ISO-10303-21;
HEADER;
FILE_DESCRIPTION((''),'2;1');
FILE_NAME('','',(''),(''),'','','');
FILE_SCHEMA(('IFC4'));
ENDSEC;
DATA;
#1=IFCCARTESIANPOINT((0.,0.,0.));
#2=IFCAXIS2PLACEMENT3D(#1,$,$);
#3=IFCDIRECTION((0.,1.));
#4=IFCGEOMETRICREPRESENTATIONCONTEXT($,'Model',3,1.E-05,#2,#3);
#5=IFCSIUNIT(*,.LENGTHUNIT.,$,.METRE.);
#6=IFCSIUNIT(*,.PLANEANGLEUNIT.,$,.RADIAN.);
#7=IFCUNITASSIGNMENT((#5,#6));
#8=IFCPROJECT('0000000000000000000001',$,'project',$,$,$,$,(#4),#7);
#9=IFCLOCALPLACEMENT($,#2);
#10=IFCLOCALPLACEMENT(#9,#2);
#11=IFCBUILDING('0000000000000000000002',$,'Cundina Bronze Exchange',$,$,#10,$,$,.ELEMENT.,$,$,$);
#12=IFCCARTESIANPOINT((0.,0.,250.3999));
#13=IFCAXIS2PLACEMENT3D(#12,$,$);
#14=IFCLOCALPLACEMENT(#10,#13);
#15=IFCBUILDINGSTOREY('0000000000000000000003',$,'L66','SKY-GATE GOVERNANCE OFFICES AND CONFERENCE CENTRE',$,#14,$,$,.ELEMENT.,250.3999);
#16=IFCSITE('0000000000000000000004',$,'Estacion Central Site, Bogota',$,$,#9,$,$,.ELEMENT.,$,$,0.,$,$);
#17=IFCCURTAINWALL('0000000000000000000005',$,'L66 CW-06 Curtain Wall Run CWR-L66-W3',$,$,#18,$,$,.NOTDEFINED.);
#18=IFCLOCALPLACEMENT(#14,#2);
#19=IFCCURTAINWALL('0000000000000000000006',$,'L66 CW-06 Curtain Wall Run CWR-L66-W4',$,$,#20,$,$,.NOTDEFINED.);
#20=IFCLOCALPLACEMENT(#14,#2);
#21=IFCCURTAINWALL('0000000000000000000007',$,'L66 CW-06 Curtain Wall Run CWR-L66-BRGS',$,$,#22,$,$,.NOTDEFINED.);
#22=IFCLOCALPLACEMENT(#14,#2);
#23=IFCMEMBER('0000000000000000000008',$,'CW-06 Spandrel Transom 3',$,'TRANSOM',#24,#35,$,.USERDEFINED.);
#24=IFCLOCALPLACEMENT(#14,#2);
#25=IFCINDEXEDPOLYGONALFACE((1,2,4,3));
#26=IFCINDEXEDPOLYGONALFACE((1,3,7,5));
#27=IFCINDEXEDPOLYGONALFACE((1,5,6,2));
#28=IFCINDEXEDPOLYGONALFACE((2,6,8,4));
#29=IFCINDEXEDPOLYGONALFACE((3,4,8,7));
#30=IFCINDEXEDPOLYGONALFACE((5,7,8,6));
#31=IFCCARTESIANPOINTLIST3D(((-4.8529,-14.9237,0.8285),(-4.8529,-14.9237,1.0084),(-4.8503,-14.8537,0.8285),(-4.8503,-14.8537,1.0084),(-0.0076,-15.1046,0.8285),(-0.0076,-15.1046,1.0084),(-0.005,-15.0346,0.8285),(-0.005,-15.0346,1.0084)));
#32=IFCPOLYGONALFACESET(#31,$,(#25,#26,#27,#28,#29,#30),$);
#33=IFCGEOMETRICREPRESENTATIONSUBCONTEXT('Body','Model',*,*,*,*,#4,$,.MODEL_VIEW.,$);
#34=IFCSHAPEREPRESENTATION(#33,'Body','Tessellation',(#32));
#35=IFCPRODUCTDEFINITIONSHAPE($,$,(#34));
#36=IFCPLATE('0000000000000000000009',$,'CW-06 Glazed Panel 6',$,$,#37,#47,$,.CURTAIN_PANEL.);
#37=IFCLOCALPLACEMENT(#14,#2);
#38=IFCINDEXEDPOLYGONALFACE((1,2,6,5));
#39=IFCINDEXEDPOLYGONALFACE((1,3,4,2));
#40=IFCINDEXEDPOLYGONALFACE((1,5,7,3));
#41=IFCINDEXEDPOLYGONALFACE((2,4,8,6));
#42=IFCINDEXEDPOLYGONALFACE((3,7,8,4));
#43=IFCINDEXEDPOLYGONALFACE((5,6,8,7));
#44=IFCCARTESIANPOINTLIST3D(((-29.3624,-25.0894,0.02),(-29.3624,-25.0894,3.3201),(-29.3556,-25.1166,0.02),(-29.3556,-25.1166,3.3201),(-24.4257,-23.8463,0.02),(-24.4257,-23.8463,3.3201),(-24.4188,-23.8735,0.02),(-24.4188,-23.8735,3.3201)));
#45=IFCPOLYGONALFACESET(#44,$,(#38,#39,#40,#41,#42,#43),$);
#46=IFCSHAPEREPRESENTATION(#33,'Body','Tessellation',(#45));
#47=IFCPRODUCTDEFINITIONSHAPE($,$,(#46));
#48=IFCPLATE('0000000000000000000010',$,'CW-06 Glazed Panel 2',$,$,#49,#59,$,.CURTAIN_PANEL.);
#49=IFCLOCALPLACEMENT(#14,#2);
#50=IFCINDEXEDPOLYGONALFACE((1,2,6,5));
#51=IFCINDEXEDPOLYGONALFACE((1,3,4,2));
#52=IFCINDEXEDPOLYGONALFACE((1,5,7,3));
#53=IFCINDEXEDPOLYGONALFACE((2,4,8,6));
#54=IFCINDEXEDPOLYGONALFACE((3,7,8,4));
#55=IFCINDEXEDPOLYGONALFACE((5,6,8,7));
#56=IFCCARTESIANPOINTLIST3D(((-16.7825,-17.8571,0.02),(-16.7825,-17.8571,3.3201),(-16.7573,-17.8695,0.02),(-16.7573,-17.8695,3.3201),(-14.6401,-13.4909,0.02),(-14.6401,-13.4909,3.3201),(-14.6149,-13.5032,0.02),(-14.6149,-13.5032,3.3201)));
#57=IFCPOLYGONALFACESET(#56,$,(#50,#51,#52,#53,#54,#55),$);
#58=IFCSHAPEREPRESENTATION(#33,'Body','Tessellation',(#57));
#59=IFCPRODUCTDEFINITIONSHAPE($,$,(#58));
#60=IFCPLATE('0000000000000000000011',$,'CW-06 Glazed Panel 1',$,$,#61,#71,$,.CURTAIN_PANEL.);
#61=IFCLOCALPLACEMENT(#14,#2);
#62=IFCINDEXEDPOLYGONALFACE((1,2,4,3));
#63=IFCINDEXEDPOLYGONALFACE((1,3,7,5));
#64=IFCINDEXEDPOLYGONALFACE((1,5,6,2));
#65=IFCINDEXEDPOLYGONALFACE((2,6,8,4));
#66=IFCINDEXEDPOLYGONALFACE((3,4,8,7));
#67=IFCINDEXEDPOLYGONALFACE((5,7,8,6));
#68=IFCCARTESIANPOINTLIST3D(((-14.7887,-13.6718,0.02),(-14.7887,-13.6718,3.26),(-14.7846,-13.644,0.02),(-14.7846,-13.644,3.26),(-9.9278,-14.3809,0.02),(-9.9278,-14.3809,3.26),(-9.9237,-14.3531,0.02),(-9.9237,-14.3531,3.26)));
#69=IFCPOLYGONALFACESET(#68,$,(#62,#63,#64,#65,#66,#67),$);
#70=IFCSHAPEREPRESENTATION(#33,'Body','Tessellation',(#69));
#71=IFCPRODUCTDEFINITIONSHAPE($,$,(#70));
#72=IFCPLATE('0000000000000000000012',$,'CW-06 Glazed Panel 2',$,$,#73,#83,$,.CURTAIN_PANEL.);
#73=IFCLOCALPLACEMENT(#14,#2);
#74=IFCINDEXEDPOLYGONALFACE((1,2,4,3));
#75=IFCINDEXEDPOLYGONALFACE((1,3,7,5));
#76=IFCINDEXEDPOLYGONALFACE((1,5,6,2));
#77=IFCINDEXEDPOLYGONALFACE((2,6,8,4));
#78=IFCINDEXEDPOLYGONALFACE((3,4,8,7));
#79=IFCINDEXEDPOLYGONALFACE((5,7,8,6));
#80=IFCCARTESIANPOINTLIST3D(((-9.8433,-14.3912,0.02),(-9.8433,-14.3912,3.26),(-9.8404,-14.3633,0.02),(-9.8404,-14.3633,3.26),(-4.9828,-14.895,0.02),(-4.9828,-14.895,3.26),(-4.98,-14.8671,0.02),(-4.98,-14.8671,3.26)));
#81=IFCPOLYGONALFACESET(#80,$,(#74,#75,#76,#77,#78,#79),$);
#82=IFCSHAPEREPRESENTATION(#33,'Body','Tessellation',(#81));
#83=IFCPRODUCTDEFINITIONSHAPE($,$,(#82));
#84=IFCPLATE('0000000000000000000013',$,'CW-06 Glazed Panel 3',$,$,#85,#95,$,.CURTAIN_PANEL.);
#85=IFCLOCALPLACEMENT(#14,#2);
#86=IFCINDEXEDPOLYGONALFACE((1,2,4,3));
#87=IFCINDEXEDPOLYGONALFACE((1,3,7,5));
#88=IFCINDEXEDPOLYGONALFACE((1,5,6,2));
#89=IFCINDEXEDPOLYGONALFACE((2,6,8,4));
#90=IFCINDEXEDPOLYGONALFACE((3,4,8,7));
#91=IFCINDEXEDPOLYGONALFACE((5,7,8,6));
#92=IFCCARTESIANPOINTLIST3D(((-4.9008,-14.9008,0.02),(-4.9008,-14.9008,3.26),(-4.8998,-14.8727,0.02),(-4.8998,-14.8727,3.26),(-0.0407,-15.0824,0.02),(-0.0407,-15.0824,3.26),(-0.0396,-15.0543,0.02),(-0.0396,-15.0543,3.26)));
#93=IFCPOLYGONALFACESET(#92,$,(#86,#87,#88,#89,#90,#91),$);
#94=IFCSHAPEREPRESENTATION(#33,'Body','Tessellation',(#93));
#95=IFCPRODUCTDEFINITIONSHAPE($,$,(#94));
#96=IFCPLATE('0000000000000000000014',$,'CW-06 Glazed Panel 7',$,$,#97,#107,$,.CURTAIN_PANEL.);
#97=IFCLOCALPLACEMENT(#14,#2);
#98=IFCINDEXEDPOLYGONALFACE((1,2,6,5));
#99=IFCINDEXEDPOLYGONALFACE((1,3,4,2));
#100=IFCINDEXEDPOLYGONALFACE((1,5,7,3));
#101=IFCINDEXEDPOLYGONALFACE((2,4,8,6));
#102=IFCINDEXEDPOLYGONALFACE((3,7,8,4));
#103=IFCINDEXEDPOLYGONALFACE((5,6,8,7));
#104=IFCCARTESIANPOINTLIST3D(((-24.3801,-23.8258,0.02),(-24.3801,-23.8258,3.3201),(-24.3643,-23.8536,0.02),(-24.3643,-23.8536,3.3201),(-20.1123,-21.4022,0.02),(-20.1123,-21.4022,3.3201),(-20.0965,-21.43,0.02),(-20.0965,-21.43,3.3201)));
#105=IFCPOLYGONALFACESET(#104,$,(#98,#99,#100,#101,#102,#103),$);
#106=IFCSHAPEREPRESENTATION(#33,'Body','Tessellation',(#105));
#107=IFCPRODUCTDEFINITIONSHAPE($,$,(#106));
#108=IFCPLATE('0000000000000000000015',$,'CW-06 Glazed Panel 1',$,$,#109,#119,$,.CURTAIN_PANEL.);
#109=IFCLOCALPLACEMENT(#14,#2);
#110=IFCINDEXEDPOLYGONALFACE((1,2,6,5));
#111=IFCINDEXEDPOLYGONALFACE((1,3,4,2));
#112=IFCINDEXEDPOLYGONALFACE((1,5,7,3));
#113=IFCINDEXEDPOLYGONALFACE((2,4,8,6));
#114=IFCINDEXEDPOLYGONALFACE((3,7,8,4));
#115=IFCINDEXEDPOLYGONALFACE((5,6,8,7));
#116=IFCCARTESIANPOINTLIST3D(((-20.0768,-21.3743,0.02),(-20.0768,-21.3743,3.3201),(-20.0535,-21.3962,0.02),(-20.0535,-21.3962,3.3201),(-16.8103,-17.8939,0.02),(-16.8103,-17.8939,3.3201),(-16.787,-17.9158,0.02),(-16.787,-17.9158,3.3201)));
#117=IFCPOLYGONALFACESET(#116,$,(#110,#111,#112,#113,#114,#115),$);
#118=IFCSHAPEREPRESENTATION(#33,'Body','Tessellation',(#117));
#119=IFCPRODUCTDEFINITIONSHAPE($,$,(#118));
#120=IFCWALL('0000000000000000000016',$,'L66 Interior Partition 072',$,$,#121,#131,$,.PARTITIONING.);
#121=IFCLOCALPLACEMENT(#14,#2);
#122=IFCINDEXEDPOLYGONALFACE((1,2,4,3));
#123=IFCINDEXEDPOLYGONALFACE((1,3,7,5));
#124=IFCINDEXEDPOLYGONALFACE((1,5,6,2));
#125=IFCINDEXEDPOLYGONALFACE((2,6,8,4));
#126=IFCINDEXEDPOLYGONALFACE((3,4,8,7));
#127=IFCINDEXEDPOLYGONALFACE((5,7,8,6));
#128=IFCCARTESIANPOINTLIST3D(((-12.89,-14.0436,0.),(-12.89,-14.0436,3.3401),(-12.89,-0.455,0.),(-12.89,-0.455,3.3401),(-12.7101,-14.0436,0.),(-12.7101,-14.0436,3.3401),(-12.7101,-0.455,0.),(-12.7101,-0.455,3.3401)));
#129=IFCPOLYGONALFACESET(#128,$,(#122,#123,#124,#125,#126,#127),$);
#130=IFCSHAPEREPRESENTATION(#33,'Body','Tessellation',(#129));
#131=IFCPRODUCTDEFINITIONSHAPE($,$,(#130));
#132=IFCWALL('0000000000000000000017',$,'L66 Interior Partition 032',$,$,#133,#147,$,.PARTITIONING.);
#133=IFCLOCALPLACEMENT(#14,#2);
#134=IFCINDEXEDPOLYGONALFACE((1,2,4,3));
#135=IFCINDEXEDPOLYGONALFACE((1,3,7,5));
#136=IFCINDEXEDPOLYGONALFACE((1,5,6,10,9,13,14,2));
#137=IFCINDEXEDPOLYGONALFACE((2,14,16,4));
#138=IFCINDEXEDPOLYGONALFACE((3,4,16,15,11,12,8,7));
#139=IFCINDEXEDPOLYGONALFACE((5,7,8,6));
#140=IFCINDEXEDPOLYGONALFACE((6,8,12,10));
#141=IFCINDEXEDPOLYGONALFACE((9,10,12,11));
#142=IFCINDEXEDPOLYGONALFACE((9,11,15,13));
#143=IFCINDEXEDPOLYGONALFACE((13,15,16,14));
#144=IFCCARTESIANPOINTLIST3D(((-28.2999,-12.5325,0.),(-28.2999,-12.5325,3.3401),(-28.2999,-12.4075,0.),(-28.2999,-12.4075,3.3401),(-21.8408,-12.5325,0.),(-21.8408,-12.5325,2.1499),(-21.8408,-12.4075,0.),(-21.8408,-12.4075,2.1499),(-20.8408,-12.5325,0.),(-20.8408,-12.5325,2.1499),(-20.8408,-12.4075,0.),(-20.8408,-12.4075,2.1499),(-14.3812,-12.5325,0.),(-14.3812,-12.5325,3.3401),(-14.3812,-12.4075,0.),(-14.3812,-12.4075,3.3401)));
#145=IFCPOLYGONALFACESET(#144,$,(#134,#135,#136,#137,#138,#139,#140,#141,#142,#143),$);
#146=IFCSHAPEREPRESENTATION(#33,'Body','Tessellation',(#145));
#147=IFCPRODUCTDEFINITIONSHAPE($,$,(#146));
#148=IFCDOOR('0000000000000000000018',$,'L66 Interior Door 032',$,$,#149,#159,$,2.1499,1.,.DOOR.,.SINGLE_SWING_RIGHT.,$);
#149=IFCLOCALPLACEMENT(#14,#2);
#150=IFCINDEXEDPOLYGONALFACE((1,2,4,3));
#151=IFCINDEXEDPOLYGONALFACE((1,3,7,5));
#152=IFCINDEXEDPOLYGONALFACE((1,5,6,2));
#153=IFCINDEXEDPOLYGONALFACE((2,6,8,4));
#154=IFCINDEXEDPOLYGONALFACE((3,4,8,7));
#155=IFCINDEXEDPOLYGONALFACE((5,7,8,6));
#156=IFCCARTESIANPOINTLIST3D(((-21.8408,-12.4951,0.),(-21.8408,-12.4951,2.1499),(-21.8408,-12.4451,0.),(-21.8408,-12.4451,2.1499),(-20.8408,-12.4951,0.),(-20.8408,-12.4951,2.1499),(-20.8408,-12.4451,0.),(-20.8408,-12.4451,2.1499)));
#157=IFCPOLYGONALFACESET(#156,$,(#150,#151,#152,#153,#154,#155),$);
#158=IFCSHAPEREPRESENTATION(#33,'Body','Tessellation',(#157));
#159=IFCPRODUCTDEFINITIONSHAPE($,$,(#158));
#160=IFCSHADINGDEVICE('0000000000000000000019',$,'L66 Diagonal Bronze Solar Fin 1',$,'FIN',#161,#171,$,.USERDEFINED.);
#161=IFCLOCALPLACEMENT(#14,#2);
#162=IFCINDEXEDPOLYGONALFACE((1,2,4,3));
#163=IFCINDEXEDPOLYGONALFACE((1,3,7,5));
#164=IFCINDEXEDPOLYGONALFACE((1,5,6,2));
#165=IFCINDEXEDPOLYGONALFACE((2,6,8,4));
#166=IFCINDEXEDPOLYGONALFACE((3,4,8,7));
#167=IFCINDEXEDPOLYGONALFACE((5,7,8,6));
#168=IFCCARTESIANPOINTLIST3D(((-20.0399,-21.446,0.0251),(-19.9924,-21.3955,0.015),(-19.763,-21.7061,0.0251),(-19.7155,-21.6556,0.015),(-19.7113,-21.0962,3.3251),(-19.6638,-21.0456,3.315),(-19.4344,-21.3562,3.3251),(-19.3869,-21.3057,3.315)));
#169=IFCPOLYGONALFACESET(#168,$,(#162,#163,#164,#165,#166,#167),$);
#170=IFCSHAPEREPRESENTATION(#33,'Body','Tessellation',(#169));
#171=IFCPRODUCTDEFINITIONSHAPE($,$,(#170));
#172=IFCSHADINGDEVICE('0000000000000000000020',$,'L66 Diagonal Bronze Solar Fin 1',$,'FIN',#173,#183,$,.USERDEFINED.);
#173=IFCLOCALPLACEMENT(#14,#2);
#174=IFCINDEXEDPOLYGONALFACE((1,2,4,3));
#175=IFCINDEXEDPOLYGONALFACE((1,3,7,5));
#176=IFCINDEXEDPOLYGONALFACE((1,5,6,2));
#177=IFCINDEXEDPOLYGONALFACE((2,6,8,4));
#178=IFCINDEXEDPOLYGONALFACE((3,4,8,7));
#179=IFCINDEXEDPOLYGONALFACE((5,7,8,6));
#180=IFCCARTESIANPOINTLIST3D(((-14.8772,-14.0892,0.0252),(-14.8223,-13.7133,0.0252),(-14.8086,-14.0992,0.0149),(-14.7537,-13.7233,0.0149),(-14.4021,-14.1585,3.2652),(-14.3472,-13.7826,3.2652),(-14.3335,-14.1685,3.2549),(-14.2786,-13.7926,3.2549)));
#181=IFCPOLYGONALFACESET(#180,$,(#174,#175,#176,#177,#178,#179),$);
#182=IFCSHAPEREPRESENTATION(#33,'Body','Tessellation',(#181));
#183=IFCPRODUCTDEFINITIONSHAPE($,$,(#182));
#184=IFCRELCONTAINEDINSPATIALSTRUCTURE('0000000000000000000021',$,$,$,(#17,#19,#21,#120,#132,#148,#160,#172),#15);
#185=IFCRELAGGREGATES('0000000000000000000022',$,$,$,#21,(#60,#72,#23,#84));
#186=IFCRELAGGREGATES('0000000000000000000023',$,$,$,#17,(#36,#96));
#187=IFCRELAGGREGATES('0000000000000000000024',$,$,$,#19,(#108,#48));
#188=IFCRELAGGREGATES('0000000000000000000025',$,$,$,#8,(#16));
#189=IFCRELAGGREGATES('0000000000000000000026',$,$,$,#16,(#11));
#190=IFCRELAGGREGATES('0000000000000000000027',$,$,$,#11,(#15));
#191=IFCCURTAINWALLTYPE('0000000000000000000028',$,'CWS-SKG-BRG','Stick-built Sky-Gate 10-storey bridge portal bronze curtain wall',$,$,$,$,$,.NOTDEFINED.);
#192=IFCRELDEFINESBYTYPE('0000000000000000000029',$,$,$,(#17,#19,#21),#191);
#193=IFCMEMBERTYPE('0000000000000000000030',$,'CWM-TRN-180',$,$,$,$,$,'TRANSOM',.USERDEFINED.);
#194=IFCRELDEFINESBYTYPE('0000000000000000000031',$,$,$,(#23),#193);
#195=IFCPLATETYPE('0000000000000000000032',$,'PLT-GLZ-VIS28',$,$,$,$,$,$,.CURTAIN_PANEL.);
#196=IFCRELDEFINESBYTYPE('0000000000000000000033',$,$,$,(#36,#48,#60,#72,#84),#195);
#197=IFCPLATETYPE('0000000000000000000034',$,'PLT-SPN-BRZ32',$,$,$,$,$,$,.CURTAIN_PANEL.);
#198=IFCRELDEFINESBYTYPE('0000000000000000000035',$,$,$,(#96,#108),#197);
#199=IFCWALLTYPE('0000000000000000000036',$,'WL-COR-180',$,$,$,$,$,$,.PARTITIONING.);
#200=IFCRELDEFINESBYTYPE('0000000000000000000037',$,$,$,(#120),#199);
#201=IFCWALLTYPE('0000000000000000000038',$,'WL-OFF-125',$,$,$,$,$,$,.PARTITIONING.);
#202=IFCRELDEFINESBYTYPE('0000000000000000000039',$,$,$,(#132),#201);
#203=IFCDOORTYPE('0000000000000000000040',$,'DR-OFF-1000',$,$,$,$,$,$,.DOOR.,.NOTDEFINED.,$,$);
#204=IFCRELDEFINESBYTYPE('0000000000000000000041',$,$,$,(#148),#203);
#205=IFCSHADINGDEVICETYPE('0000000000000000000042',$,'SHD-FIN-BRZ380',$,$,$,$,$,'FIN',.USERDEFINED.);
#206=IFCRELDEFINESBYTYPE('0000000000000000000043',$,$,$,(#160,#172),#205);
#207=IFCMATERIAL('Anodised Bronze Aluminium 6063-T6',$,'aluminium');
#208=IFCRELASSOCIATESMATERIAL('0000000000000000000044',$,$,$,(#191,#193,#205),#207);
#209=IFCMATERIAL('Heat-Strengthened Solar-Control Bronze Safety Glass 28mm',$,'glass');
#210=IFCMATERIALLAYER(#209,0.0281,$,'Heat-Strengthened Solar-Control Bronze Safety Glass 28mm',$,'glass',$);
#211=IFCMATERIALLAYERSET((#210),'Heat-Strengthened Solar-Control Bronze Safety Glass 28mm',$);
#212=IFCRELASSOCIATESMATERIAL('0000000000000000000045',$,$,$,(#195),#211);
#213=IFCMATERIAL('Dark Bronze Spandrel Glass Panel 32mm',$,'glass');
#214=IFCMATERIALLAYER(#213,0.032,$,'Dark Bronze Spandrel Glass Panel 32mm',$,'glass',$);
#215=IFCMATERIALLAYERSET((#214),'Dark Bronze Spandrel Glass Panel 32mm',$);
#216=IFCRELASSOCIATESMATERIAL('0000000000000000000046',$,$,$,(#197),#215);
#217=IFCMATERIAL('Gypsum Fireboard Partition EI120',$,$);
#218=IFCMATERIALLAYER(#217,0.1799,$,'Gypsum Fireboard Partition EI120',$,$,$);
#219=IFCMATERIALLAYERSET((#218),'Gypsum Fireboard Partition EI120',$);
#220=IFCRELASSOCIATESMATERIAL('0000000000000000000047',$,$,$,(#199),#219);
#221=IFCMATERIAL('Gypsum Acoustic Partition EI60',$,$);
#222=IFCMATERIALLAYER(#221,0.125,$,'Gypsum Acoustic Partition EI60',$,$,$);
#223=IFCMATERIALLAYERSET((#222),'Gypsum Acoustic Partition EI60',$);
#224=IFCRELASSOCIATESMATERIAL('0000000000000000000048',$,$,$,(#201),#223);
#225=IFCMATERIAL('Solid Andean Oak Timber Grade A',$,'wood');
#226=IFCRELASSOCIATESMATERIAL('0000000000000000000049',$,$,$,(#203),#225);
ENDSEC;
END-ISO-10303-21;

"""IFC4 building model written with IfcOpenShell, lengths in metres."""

from ifc_helpers import new_model, si_unit, direction, frame, frame_2d, origin, origin_2d, place, context, subcontext, project, spatial, rectangle, extrude, material, layer, layer_set, material_profile, profile_set, type_object, element, fill, aggregate, save


model = new_model("IFC4")

# Units and contexts
model_context = context("Model", 3, precision=1e-05, world=origin(), true_north=direction((0.0, 1.0)))
body_context = subcontext(model_context, "Body", "Model", "MODEL_VIEW")
ifc_project = project(units=[si_unit("LENGTHUNIT", "METRE"), si_unit("PLANEANGLEUNIT", "RADIAN")], contexts=[model_context])

# Site, building, storey
site_placement = place(None, origin())
site = spatial("IfcSite", under=ifc_project, at=site_placement, Name="Estacion Central Site, Bogota", CompositionType="ELEMENT", RefElevation=0.0)
building_placement = place(site_placement, origin())
building = spatial("IfcBuilding", under=site, at=building_placement, Name="Cundina Bronze Exchange", CompositionType="ELEMENT")
storey_placement = place(building_placement, frame((0.0, 0.0, 250.3999)))
storey = spatial("IfcBuildingStorey", under=building, at=storey_placement, Name="L66", Description="SKY-GATE GOVERNANCE OFFICES AND CONFERENCE CENTRE", CompositionType="ELEMENT", Elevation=250.3999)

# Curtain walls
ifc_material_1 = material(Name="Anodised Bronze Aluminium 6063-T6", Category="aluminium")
curtain_wall_type = type_object("IfcCurtainWallType", Name="CWS-SKG-BRG", Description="Stick-built Sky-Gate 10-storey bridge portal bronze curtain wall", PredefinedType="NOTDEFINED", material=ifc_material_1)
curtain_wall_1_placement = place(storey_placement, origin())
curtain_wall_1 = element("IfcCurtainWall", 1, at=curtain_wall_1_placement, inside=storey, type_object=curtain_wall_type, Name="L66 CW-06 Curtain Wall Run CWR-L66-W3", PredefinedType="NOTDEFINED")
curtain_wall_2_placement = place(storey_placement, origin())
curtain_wall_2 = element("IfcCurtainWall", 2, at=curtain_wall_2_placement, inside=storey, type_object=curtain_wall_type, Name="L66 CW-06 Curtain Wall Run CWR-L66-W4", PredefinedType="NOTDEFINED")
curtain_wall_3_placement = place(storey_placement, origin())
curtain_wall_3 = element("IfcCurtainWall", 3, at=curtain_wall_3_placement, inside=storey, type_object=curtain_wall_type, Name="L66 CW-06 Curtain Wall Run CWR-L66-BRGS", PredefinedType="NOTDEFINED")

# Member
ifc_material_profile_1 = material_profile(ifc_material_1, rectangle(XDim=0.0701, YDim=0.1799, at=origin_2d()), Name="AL70X180", Category="aluminium")
ifc_profile_set_1 = profile_set([ifc_material_profile_1], Name="Anodised Bronze Aluminium 6063-T6")
member_type_1 = type_object("IfcMemberType", Name="CWM-TRN-180", ElementType="TRANSOM", PredefinedType="USERDEFINED", material=ifc_profile_set_1)
member_1_placement = place(storey_placement, frame((-4.8516, -14.8887, 0.9185), z_axis=(0.999304, -0.037312, 0.0), x_axis=(0.037312, 0.999304, 0.0)))
member_1 = element("IfcMember", 4, at=member_1_placement, type_object=member_type_1, Name="CW-06 Spandrel Transom 3", ObjectType="TRANSOM", PredefinedType="USERDEFINED", context=body_context, shape_type="SweptSolid", body=[
    extrude(rectangle(XDim=0.0701, YDim=0.1799, at=origin_2d()), origin(), (0.0, 0.0, 1.0), 4.8486),
])

# Plates
ifc_material_2 = material(Name="Heat-Strengthened Solar-Control Bronze Safety Glass 28mm", Category="glass")
ifc_layer_1 = layer(ifc_material_2, 0.0281, Name="Heat-Strengthened Solar-Control Bronze Safety Glass 28mm", Category="glass")
ifc_layer_set_1 = layer_set([ifc_layer_1], Name="Heat-Strengthened Solar-Control Bronze Safety Glass 28mm")
plate_type_1 = type_object("IfcPlateType", Name="PLT-GLZ-VIS28", PredefinedType="CURTAIN_PANEL", material=ifc_layer_set_1)
plate_1_placement = place(storey_placement, frame((-26.8906, -24.4814, 0.02), z_axis=(0.0, 0.0, 1.0), x_axis=(0.969732, 0.244174, 0.0)))
plate_1 = element("IfcPlate", 5, at=plate_1_placement, type_object=plate_type_1, Name="CW-06 Glazed Panel 6", PredefinedType="CURTAIN_PANEL", context=body_context, shape_type="SweptSolid", body=[
    extrude(rectangle(XDim=5.0908, YDim=0.0281, at=origin_2d()), origin(), (0.0, 0.0, 1.0), 3.3),
])
plate_2_placement = place(storey_placement, frame((-15.6987, -15.6802, 0.02), z_axis=(0.0, 0.0, 1.0), x_axis=(0.440503, 0.897751, 0.0)))
plate_2 = element("IfcPlate", 6, at=plate_2_placement, type_object=plate_type_1, Name="CW-06 Glazed Panel 2", PredefinedType="CURTAIN_PANEL", context=body_context, shape_type="SweptSolid", body=[
    extrude(rectangle(XDim=4.8635, YDim=0.0281, at=origin_2d()), origin(), (0.0, 0.0, 1.0), 3.3),
])
plate_3_placement = place(storey_placement, frame((-12.3562, -14.0125, 0.02), z_axis=(0.0, 0.0, 1.0), x_axis=(0.989528, -0.144339, 0.0)))
plate_3 = element("IfcPlate", 7, at=plate_3_placement, type_object=plate_type_1, Name="CW-06 Glazed Panel 1", PredefinedType="CURTAIN_PANEL", context=body_context, shape_type="SweptSolid", body=[
    extrude(rectangle(XDim=4.9124, YDim=0.0281, at=origin_2d()), origin(), (0.0, 0.0, 1.0), 3.24),
])
plate_4_placement = place(storey_placement, frame((-7.4116, -14.6292, 0.02), z_axis=(0.0, 0.0, 1.0), x_axis=(0.994672, -0.103088, 0.0)))
plate_4 = element("IfcPlate", 8, at=plate_4_placement, type_object=plate_type_1, Name="CW-06 Glazed Panel 2", PredefinedType="CURTAIN_PANEL", context=body_context, shape_type="SweptSolid", body=[
    extrude(rectangle(XDim=4.8865, YDim=0.0281, at=origin_2d()), origin(), (0.0, 0.0, 1.0), 3.24),
])
plate_5_placement = place(storey_placement, frame((-2.4702, -14.9775, 0.02), z_axis=(0.0, 0.0, 1.0), x_axis=(0.999303, -0.037341, 0.0)))
plate_5 = element("IfcPlate", 9, at=plate_5_placement, type_object=plate_type_1, Name="CW-06 Glazed Panel 3", PredefinedType="CURTAIN_PANEL", context=body_context, shape_type="SweptSolid", body=[
    extrude(rectangle(XDim=4.8635, YDim=0.0281, at=origin_2d()), origin(), (0.0, 0.0, 1.0), 3.24),
])
aggregate(curtain_wall_3, [plate_3, plate_4, member_1, plate_5])
ifc_material_3 = material(Name="Dark Bronze Spandrel Glass Panel 32mm", Category="glass")
ifc_layer_2 = layer(ifc_material_3, 0.032, Name="Dark Bronze Spandrel Glass Panel 32mm", Category="glass")
ifc_layer_set_2 = layer_set([ifc_layer_2], Name="Dark Bronze Spandrel Glass Panel 32mm")
plate_type_2 = type_object("IfcPlateType", Name="PLT-SPN-BRZ32", PredefinedType="CURTAIN_PANEL", material=ifc_layer_set_2)
plate_6_placement = place(storey_placement, frame((-22.2383, -22.6279, 0.02), z_axis=(0.0, 0.0, 1.0), x_axis=(0.869573, 0.493805, 0.0)))
plate_6 = element("IfcPlate", 10, at=plate_6_placement, type_object=plate_type_2, Name="CW-06 Glazed Panel 7", PredefinedType="CURTAIN_PANEL", context=body_context, shape_type="SweptSolid", body=[
    extrude(rectangle(XDim=4.908, YDim=0.032, at=origin_2d()), origin(), (0.0, 0.0, 1.0), 3.3),
])
aggregate(curtain_wall_1, [plate_1, plate_6])
plate_7_placement = place(storey_placement, frame((-18.4319, -19.645, 0.02), z_axis=(0.0, 0.0, 1.0), x_axis=(0.684344, 0.72916, 0.0)))
plate_7 = element("IfcPlate", 11, at=plate_7_placement, type_object=plate_type_2, Name="CW-06 Glazed Panel 1", PredefinedType="CURTAIN_PANEL", context=body_context, shape_type="SweptSolid", body=[
    extrude(rectangle(XDim=4.7732, YDim=0.032, at=origin_2d()), origin(), (0.0, 0.0, 1.0), 3.3),
])
aggregate(curtain_wall_2, [plate_7, plate_2])

# Wall
ifc_material_4 = material(Name="Gypsum Fireboard Partition EI120")
ifc_layer_3 = layer(ifc_material_4, 0.1799, Name="Gypsum Fireboard Partition EI120")
ifc_layer_set_3 = layer_set([ifc_layer_3], Name="Gypsum Fireboard Partition EI120")
wall_type_1 = type_object("IfcWallType", Name="WL-COR-180", PredefinedType="PARTITIONING", material=ifc_layer_set_3)
wall_1_placement = place(storey_placement, frame((-12.8, -14.0437, 0.0), z_axis=(0.0, 0.0, 1.0), x_axis=(0.0, 1.0, 0.0)))
element("IfcWall", 12, at=wall_1_placement, inside=storey, type_object=wall_type_1, Name="L66 Interior Partition 072", PredefinedType="PARTITIONING", context=body_context, shape_type="SweptSolid", body=[
    extrude(rectangle(XDim=13.5886, YDim=0.1799, at=frame_2d((6.7944, 0.0))), origin(), (0.0, 0.0, 1.0), 3.3401),
])

# Wall, opening, door
ifc_material_5 = material(Name="Gypsum Acoustic Partition EI60")
ifc_layer_4 = layer(ifc_material_5, 0.125, Name="Gypsum Acoustic Partition EI60")
ifc_layer_set_4 = layer_set([ifc_layer_4], Name="Gypsum Acoustic Partition EI60")
wall_type_2 = type_object("IfcWallType", Name="WL-OFF-125", PredefinedType="PARTITIONING", material=ifc_layer_set_4)
wall_2_placement = place(storey_placement, frame((-28.3, -12.47, 0.0), z_axis=(0.0, 0.0, 1.0), x_axis=(1.0, 0.0, 0.0)))
wall_2 = element("IfcWall", 13, at=wall_2_placement, inside=storey, type_object=wall_type_2, Name="L66 Interior Partition 032", PredefinedType="PARTITIONING", context=body_context, shape_type="SweptSolid", body=[
    extrude(rectangle(XDim=13.9187, YDim=0.125, at=frame_2d((6.9595, 0.0))), origin(), (0.0, 0.0, 1.0), 3.3401),
])
opening_placement = place(wall_2_placement, frame((6.4592, 0.0, 0.0)))
opening = element("IfcOpeningElement", 14, at=opening_placement, cuts=wall_2, PredefinedType="OPENING", context=body_context, shape_type="SweptSolid", body=[
    extrude(rectangle(XDim=1.0, YDim=2.1499, at=frame_2d((0.5, 1.075))), frame((0.0, 0.0725, 0.0), z_axis=(0.0, -1.0, 0.0), x_axis=(1.0, 0.0, 0.0)), (0.0, 0.0, 1.0), 0.145),
])
ifc_material_6 = material(Name="Solid Andean Oak Timber Grade A", Category="wood")
door_type = type_object("IfcDoorType", Name="DR-OFF-1000", OperationType="NOTDEFINED", PredefinedType="DOOR", material=ifc_material_6)
door_placement = place(opening_placement, origin())
door = element("IfcDoor", 15, at=door_placement, inside=storey, type_object=door_type, Name="L66 Interior Door 032", OperationType="SINGLE_SWING_RIGHT", OverallHeight=2.1499, OverallWidth=1.0, PredefinedType="DOOR", context=body_context, shape_type="SweptSolid", body=[
    extrude(rectangle(XDim=1.0, YDim=2.1499, at=frame_2d((0.5, 1.075))), frame((0.0, 0.0249, 0.0), z_axis=(0.0, -1.0, 0.0), x_axis=(1.0, 0.0, 0.0)), (0.0, 0.0, 1.0), 0.05),
])
fill(opening, door)

# Shading devices
ifc_material_profile_2 = material_profile(ifc_material_1, rectangle(XDim=0.0701, YDim=0.3799, at=origin_2d()), Name="FIN70X380", Category="aluminium")
ifc_profile_set_2 = profile_set([ifc_material_profile_2], Name="Anodised Bronze Aluminium 6063-T6")
shading_device_type = type_object("IfcShadingDeviceType", Name="SHD-FIN-BRZ380", ElementType="FIN", PredefinedType="USERDEFINED", material=ifc_profile_set_2)
shading_device_1_placement = place(storey_placement, frame((-19.8777, -21.5508, 0.02), z_axis=(0.098541, 0.104911, 0.989587), x_axis=(-0.677506, -0.721297, 0.143933)))
element("IfcShadingDevice", 16, at=shading_device_1_placement, inside=storey, type_object=shading_device_type, Name="L66 Diagonal Bronze Solar Fin 1", ObjectType="FIN", PredefinedType="USERDEFINED", context=body_context, shape_type="SweptSolid", body=[
    extrude(rectangle(XDim=0.0701, YDim=0.3799, at=origin_2d()), origin(), (0.0, 0.0, 1.0), 3.3347),
])
shading_device_2_placement = place(storey_placement, frame((-14.8154, -13.9062, 0.02), z_axis=(0.145052, -0.021169, 0.989198), x_axis=(-0.978829, 0.142851, 0.146588)))
element("IfcShadingDevice", 17, at=shading_device_2_placement, inside=storey, type_object=shading_device_type, Name="L66 Diagonal Bronze Solar Fin 1", ObjectType="FIN", PredefinedType="USERDEFINED", context=body_context, shape_type="SweptSolid", body=[
    extrude(rectangle(XDim=0.0701, YDim=0.3799, at=origin_2d()), origin(), (0.0, 0.0, 1.0), 3.2754),
])

save(model, "model.ifc")
